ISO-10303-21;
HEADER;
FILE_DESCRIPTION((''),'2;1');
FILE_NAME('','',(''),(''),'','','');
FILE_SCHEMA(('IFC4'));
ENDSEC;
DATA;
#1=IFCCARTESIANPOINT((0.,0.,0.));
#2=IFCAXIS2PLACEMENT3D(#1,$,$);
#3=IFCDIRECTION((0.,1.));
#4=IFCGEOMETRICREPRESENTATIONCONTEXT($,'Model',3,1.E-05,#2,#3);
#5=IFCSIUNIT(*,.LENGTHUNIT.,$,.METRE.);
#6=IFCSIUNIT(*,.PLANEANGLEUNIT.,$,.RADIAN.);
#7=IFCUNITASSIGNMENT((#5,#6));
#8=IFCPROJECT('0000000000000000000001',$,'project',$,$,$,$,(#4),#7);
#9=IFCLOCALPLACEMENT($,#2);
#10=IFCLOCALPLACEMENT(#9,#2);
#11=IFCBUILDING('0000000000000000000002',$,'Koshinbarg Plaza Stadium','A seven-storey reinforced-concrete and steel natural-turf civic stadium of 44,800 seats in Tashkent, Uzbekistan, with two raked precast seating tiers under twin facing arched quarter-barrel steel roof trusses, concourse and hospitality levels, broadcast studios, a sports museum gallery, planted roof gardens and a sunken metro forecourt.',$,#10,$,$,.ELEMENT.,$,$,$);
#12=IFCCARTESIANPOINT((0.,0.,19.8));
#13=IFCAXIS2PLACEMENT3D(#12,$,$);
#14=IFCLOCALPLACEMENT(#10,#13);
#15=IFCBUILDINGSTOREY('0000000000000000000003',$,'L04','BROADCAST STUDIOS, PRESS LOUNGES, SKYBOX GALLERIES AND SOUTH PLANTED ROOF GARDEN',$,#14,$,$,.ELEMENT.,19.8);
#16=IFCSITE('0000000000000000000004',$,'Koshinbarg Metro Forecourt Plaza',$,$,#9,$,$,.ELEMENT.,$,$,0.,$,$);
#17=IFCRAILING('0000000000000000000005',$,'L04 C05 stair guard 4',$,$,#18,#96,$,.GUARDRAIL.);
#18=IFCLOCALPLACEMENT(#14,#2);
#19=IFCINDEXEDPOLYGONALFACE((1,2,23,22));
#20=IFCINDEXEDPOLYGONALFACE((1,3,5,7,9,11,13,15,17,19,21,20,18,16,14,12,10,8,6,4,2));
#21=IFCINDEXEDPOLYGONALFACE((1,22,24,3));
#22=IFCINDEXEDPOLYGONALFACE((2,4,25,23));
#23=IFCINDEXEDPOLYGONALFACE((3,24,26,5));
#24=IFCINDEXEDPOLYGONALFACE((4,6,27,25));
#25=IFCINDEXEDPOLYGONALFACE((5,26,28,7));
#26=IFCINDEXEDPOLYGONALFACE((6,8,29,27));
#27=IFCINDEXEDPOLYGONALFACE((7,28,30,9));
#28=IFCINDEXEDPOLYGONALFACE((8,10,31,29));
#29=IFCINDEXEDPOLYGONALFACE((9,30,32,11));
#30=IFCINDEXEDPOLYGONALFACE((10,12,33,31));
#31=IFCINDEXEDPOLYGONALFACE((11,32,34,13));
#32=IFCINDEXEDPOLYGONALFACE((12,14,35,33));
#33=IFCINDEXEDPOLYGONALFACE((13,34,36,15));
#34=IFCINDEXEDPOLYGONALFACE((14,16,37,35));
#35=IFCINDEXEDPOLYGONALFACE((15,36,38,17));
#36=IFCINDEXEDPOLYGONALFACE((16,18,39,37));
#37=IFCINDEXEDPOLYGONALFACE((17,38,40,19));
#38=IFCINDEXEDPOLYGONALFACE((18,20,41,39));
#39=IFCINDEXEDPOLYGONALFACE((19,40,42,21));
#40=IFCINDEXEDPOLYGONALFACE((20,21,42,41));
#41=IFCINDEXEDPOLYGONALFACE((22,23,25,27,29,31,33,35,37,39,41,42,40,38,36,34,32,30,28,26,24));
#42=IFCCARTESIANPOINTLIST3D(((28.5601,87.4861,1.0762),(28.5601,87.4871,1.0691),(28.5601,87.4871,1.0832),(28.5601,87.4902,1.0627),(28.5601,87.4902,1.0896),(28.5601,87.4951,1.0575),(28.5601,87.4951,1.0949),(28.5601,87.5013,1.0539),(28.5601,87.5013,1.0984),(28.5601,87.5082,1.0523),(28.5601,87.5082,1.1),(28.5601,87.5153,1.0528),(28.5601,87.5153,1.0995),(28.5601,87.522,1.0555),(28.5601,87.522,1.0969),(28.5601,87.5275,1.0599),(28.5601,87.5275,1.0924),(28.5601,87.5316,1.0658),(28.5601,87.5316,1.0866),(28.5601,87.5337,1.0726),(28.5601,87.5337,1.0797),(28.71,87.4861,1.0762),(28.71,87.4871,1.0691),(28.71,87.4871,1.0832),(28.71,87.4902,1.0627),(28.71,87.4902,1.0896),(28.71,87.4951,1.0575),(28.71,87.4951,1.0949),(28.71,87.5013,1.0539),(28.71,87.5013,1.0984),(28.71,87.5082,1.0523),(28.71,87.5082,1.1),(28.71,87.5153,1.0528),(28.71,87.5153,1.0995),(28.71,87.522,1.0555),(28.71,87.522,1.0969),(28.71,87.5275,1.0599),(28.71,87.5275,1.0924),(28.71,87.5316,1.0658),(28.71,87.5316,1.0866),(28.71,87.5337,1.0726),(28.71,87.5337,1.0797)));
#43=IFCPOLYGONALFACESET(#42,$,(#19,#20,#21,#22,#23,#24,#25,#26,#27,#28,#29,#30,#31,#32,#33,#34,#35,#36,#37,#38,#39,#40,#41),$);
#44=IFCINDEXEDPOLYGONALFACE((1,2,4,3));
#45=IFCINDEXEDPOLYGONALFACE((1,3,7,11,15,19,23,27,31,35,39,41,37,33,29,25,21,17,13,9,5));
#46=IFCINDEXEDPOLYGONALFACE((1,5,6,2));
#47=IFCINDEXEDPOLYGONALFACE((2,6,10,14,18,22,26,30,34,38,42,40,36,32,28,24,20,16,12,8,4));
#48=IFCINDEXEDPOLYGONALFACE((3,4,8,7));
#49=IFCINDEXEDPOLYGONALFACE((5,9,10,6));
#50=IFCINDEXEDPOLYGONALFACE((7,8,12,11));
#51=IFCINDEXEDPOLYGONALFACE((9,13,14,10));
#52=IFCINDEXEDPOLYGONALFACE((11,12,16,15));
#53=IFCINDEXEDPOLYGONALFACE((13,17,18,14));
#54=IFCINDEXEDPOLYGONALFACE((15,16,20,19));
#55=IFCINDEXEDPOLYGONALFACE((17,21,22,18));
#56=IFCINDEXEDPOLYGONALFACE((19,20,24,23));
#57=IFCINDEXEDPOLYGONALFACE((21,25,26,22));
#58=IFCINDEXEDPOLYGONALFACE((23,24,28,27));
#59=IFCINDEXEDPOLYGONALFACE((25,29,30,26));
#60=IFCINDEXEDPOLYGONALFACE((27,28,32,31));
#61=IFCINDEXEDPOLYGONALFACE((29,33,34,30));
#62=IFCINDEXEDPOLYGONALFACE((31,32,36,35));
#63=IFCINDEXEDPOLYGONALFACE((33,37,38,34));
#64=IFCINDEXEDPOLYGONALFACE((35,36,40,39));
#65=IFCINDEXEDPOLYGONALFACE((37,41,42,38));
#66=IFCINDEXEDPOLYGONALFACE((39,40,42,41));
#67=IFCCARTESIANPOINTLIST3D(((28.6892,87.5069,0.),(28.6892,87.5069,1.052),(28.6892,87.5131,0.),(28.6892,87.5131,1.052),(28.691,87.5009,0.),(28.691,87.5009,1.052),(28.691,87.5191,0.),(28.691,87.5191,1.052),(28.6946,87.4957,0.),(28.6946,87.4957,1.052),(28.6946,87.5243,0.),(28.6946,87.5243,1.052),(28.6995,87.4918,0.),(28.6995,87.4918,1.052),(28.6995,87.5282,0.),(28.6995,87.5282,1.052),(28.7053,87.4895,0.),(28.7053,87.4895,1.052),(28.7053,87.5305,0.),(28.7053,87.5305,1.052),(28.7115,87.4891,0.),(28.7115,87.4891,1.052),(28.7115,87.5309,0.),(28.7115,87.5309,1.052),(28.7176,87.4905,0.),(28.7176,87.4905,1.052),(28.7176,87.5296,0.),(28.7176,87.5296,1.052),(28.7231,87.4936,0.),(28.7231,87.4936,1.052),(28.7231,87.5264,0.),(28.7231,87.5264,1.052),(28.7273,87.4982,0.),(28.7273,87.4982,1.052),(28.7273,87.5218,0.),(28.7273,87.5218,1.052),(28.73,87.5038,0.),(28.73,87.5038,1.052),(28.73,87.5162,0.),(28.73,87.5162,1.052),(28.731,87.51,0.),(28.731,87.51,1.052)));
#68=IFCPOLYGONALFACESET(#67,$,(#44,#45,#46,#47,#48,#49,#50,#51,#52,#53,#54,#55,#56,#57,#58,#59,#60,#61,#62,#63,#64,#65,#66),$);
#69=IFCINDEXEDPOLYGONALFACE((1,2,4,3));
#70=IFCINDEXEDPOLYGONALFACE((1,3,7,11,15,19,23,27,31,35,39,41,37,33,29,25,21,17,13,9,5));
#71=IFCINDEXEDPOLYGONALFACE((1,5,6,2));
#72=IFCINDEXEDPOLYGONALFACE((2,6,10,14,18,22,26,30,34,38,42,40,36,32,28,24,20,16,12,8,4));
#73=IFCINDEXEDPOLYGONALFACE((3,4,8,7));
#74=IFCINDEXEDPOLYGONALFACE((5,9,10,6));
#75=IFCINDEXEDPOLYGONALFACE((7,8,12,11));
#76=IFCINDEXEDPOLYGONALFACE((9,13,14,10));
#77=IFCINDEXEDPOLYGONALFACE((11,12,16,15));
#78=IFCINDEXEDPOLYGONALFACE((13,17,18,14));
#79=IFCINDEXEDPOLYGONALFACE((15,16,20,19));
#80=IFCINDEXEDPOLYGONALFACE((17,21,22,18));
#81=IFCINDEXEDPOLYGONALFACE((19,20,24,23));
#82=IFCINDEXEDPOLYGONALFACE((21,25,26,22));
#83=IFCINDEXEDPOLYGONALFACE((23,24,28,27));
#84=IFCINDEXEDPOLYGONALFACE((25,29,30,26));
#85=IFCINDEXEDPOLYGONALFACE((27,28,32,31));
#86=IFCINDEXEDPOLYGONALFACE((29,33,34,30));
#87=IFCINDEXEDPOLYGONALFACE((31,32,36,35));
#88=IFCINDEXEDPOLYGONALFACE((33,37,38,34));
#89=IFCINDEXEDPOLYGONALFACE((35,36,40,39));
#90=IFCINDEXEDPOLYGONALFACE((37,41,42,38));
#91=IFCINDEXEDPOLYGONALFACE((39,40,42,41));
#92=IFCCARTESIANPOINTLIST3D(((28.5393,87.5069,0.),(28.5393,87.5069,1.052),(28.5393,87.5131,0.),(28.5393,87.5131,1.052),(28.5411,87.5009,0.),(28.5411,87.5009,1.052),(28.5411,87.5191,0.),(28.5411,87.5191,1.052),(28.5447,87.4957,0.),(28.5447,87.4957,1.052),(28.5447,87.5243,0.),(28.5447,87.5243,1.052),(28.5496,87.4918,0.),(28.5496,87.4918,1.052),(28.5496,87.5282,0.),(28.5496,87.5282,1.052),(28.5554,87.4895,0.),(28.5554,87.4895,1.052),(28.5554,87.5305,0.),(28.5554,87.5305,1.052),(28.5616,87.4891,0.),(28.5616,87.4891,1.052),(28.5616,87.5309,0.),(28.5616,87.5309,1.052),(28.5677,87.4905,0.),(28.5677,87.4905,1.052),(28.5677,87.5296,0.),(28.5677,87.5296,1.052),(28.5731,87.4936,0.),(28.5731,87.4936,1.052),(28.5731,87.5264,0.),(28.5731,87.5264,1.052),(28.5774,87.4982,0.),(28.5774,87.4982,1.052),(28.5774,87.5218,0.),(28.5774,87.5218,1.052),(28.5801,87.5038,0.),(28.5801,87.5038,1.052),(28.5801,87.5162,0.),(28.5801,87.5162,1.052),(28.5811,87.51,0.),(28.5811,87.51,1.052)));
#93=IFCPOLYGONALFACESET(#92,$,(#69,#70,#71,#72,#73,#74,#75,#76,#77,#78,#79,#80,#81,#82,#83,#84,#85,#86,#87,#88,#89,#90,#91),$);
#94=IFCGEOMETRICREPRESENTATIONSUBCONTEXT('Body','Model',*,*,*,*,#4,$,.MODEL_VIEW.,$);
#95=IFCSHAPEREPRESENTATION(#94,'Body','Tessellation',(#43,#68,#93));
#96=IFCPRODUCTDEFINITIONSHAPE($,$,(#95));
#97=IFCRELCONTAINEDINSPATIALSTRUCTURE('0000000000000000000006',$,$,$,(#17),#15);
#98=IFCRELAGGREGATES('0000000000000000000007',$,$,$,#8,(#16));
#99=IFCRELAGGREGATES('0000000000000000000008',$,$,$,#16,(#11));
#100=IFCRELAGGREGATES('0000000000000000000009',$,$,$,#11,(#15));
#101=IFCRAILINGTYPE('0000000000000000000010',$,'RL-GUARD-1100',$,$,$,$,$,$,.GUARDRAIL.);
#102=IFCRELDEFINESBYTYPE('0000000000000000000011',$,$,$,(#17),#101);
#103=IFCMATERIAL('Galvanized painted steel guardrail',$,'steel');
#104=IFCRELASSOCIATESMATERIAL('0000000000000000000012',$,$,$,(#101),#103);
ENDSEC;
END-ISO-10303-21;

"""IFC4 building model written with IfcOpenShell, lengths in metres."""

from ifc_helpers import new_model, si_unit, direction, frame, origin, origin_2d, place, context, subcontext, project, spatial, circle, extrude, material, type_object, element, save


model = new_model("IFC4")

# Units and contexts
model_context = context("Model", 3, precision=1e-05, world=origin(), true_north=direction((0.0, 1.0)))
body_context = subcontext(model_context, "Body", "Model", "MODEL_VIEW")
ifc_project = project(units=[si_unit("LENGTHUNIT", "METRE"), si_unit("PLANEANGLEUNIT", "RADIAN")], contexts=[model_context])

# Site, building, storey
site_placement = place(None, origin())
site = spatial("IfcSite", under=ifc_project, at=site_placement, Name="Koshinbarg Metro Forecourt Plaza", CompositionType="ELEMENT", RefElevation=0.0)
building_placement = place(site_placement, origin())
building = spatial("IfcBuilding", under=site, at=building_placement, Name="Koshinbarg Plaza Stadium", Description="A seven-storey reinforced-concrete and steel natural-turf civic stadium of 44,800 seats in Tashkent, Uzbekistan, with two raked precast seating tiers under twin facing arched quarter-barrel steel roof trusses, concourse and hospitality levels, broadcast studios, a sports museum gallery, planted roof gardens and a sunken metro forecourt.", CompositionType="ELEMENT")
storey_placement = place(building_placement, frame((0.0, 0.0, 19.8)))
storey = spatial("IfcBuildingStorey", under=building, at=storey_placement, Name="L04", Description="BROADCAST STUDIOS, PRESS LOUNGES, SKYBOX GALLERIES AND SOUTH PLANTED ROOF GARDEN", CompositionType="ELEMENT", Elevation=19.8)

# Railing
ifc_material_1 = material(Name="Galvanized painted steel guardrail", Category="steel")
railing_type_1 = type_object("IfcRailingType", Name="RL-GUARD-1100", PredefinedType="GUARDRAIL", material=ifc_material_1)
railing_1_placement = place(storey_placement, frame((28.71, 87.51, 0.0)))
element("IfcRailing", 1, at=railing_1_placement, inside=storey, type_object=railing_type_1, Name="L04 C05 stair guard 4", PredefinedType="GUARDRAIL", context=body_context, shape_type="SweptSolid", body=[
    extrude(circle(Radius=0.0239, at=origin_2d()), frame((0.0, 0.0, 1.0762), z_axis=(-1.0, 0.0, 0.0), x_axis=(0.0, -1.0, 0.0)), (0.0, 0.0, 1.0), 0.1499),
    extrude(circle(Radius=0.021, at=origin_2d()), origin(), (0.0, 0.0, 1.0), 1.052),
    extrude(circle(Radius=0.021, at=origin_2d()), frame((-0.1499, 0.0, 0.0)), (0.0, 0.0, 1.0), 1.052),
])

save(model, "model.ifc")
